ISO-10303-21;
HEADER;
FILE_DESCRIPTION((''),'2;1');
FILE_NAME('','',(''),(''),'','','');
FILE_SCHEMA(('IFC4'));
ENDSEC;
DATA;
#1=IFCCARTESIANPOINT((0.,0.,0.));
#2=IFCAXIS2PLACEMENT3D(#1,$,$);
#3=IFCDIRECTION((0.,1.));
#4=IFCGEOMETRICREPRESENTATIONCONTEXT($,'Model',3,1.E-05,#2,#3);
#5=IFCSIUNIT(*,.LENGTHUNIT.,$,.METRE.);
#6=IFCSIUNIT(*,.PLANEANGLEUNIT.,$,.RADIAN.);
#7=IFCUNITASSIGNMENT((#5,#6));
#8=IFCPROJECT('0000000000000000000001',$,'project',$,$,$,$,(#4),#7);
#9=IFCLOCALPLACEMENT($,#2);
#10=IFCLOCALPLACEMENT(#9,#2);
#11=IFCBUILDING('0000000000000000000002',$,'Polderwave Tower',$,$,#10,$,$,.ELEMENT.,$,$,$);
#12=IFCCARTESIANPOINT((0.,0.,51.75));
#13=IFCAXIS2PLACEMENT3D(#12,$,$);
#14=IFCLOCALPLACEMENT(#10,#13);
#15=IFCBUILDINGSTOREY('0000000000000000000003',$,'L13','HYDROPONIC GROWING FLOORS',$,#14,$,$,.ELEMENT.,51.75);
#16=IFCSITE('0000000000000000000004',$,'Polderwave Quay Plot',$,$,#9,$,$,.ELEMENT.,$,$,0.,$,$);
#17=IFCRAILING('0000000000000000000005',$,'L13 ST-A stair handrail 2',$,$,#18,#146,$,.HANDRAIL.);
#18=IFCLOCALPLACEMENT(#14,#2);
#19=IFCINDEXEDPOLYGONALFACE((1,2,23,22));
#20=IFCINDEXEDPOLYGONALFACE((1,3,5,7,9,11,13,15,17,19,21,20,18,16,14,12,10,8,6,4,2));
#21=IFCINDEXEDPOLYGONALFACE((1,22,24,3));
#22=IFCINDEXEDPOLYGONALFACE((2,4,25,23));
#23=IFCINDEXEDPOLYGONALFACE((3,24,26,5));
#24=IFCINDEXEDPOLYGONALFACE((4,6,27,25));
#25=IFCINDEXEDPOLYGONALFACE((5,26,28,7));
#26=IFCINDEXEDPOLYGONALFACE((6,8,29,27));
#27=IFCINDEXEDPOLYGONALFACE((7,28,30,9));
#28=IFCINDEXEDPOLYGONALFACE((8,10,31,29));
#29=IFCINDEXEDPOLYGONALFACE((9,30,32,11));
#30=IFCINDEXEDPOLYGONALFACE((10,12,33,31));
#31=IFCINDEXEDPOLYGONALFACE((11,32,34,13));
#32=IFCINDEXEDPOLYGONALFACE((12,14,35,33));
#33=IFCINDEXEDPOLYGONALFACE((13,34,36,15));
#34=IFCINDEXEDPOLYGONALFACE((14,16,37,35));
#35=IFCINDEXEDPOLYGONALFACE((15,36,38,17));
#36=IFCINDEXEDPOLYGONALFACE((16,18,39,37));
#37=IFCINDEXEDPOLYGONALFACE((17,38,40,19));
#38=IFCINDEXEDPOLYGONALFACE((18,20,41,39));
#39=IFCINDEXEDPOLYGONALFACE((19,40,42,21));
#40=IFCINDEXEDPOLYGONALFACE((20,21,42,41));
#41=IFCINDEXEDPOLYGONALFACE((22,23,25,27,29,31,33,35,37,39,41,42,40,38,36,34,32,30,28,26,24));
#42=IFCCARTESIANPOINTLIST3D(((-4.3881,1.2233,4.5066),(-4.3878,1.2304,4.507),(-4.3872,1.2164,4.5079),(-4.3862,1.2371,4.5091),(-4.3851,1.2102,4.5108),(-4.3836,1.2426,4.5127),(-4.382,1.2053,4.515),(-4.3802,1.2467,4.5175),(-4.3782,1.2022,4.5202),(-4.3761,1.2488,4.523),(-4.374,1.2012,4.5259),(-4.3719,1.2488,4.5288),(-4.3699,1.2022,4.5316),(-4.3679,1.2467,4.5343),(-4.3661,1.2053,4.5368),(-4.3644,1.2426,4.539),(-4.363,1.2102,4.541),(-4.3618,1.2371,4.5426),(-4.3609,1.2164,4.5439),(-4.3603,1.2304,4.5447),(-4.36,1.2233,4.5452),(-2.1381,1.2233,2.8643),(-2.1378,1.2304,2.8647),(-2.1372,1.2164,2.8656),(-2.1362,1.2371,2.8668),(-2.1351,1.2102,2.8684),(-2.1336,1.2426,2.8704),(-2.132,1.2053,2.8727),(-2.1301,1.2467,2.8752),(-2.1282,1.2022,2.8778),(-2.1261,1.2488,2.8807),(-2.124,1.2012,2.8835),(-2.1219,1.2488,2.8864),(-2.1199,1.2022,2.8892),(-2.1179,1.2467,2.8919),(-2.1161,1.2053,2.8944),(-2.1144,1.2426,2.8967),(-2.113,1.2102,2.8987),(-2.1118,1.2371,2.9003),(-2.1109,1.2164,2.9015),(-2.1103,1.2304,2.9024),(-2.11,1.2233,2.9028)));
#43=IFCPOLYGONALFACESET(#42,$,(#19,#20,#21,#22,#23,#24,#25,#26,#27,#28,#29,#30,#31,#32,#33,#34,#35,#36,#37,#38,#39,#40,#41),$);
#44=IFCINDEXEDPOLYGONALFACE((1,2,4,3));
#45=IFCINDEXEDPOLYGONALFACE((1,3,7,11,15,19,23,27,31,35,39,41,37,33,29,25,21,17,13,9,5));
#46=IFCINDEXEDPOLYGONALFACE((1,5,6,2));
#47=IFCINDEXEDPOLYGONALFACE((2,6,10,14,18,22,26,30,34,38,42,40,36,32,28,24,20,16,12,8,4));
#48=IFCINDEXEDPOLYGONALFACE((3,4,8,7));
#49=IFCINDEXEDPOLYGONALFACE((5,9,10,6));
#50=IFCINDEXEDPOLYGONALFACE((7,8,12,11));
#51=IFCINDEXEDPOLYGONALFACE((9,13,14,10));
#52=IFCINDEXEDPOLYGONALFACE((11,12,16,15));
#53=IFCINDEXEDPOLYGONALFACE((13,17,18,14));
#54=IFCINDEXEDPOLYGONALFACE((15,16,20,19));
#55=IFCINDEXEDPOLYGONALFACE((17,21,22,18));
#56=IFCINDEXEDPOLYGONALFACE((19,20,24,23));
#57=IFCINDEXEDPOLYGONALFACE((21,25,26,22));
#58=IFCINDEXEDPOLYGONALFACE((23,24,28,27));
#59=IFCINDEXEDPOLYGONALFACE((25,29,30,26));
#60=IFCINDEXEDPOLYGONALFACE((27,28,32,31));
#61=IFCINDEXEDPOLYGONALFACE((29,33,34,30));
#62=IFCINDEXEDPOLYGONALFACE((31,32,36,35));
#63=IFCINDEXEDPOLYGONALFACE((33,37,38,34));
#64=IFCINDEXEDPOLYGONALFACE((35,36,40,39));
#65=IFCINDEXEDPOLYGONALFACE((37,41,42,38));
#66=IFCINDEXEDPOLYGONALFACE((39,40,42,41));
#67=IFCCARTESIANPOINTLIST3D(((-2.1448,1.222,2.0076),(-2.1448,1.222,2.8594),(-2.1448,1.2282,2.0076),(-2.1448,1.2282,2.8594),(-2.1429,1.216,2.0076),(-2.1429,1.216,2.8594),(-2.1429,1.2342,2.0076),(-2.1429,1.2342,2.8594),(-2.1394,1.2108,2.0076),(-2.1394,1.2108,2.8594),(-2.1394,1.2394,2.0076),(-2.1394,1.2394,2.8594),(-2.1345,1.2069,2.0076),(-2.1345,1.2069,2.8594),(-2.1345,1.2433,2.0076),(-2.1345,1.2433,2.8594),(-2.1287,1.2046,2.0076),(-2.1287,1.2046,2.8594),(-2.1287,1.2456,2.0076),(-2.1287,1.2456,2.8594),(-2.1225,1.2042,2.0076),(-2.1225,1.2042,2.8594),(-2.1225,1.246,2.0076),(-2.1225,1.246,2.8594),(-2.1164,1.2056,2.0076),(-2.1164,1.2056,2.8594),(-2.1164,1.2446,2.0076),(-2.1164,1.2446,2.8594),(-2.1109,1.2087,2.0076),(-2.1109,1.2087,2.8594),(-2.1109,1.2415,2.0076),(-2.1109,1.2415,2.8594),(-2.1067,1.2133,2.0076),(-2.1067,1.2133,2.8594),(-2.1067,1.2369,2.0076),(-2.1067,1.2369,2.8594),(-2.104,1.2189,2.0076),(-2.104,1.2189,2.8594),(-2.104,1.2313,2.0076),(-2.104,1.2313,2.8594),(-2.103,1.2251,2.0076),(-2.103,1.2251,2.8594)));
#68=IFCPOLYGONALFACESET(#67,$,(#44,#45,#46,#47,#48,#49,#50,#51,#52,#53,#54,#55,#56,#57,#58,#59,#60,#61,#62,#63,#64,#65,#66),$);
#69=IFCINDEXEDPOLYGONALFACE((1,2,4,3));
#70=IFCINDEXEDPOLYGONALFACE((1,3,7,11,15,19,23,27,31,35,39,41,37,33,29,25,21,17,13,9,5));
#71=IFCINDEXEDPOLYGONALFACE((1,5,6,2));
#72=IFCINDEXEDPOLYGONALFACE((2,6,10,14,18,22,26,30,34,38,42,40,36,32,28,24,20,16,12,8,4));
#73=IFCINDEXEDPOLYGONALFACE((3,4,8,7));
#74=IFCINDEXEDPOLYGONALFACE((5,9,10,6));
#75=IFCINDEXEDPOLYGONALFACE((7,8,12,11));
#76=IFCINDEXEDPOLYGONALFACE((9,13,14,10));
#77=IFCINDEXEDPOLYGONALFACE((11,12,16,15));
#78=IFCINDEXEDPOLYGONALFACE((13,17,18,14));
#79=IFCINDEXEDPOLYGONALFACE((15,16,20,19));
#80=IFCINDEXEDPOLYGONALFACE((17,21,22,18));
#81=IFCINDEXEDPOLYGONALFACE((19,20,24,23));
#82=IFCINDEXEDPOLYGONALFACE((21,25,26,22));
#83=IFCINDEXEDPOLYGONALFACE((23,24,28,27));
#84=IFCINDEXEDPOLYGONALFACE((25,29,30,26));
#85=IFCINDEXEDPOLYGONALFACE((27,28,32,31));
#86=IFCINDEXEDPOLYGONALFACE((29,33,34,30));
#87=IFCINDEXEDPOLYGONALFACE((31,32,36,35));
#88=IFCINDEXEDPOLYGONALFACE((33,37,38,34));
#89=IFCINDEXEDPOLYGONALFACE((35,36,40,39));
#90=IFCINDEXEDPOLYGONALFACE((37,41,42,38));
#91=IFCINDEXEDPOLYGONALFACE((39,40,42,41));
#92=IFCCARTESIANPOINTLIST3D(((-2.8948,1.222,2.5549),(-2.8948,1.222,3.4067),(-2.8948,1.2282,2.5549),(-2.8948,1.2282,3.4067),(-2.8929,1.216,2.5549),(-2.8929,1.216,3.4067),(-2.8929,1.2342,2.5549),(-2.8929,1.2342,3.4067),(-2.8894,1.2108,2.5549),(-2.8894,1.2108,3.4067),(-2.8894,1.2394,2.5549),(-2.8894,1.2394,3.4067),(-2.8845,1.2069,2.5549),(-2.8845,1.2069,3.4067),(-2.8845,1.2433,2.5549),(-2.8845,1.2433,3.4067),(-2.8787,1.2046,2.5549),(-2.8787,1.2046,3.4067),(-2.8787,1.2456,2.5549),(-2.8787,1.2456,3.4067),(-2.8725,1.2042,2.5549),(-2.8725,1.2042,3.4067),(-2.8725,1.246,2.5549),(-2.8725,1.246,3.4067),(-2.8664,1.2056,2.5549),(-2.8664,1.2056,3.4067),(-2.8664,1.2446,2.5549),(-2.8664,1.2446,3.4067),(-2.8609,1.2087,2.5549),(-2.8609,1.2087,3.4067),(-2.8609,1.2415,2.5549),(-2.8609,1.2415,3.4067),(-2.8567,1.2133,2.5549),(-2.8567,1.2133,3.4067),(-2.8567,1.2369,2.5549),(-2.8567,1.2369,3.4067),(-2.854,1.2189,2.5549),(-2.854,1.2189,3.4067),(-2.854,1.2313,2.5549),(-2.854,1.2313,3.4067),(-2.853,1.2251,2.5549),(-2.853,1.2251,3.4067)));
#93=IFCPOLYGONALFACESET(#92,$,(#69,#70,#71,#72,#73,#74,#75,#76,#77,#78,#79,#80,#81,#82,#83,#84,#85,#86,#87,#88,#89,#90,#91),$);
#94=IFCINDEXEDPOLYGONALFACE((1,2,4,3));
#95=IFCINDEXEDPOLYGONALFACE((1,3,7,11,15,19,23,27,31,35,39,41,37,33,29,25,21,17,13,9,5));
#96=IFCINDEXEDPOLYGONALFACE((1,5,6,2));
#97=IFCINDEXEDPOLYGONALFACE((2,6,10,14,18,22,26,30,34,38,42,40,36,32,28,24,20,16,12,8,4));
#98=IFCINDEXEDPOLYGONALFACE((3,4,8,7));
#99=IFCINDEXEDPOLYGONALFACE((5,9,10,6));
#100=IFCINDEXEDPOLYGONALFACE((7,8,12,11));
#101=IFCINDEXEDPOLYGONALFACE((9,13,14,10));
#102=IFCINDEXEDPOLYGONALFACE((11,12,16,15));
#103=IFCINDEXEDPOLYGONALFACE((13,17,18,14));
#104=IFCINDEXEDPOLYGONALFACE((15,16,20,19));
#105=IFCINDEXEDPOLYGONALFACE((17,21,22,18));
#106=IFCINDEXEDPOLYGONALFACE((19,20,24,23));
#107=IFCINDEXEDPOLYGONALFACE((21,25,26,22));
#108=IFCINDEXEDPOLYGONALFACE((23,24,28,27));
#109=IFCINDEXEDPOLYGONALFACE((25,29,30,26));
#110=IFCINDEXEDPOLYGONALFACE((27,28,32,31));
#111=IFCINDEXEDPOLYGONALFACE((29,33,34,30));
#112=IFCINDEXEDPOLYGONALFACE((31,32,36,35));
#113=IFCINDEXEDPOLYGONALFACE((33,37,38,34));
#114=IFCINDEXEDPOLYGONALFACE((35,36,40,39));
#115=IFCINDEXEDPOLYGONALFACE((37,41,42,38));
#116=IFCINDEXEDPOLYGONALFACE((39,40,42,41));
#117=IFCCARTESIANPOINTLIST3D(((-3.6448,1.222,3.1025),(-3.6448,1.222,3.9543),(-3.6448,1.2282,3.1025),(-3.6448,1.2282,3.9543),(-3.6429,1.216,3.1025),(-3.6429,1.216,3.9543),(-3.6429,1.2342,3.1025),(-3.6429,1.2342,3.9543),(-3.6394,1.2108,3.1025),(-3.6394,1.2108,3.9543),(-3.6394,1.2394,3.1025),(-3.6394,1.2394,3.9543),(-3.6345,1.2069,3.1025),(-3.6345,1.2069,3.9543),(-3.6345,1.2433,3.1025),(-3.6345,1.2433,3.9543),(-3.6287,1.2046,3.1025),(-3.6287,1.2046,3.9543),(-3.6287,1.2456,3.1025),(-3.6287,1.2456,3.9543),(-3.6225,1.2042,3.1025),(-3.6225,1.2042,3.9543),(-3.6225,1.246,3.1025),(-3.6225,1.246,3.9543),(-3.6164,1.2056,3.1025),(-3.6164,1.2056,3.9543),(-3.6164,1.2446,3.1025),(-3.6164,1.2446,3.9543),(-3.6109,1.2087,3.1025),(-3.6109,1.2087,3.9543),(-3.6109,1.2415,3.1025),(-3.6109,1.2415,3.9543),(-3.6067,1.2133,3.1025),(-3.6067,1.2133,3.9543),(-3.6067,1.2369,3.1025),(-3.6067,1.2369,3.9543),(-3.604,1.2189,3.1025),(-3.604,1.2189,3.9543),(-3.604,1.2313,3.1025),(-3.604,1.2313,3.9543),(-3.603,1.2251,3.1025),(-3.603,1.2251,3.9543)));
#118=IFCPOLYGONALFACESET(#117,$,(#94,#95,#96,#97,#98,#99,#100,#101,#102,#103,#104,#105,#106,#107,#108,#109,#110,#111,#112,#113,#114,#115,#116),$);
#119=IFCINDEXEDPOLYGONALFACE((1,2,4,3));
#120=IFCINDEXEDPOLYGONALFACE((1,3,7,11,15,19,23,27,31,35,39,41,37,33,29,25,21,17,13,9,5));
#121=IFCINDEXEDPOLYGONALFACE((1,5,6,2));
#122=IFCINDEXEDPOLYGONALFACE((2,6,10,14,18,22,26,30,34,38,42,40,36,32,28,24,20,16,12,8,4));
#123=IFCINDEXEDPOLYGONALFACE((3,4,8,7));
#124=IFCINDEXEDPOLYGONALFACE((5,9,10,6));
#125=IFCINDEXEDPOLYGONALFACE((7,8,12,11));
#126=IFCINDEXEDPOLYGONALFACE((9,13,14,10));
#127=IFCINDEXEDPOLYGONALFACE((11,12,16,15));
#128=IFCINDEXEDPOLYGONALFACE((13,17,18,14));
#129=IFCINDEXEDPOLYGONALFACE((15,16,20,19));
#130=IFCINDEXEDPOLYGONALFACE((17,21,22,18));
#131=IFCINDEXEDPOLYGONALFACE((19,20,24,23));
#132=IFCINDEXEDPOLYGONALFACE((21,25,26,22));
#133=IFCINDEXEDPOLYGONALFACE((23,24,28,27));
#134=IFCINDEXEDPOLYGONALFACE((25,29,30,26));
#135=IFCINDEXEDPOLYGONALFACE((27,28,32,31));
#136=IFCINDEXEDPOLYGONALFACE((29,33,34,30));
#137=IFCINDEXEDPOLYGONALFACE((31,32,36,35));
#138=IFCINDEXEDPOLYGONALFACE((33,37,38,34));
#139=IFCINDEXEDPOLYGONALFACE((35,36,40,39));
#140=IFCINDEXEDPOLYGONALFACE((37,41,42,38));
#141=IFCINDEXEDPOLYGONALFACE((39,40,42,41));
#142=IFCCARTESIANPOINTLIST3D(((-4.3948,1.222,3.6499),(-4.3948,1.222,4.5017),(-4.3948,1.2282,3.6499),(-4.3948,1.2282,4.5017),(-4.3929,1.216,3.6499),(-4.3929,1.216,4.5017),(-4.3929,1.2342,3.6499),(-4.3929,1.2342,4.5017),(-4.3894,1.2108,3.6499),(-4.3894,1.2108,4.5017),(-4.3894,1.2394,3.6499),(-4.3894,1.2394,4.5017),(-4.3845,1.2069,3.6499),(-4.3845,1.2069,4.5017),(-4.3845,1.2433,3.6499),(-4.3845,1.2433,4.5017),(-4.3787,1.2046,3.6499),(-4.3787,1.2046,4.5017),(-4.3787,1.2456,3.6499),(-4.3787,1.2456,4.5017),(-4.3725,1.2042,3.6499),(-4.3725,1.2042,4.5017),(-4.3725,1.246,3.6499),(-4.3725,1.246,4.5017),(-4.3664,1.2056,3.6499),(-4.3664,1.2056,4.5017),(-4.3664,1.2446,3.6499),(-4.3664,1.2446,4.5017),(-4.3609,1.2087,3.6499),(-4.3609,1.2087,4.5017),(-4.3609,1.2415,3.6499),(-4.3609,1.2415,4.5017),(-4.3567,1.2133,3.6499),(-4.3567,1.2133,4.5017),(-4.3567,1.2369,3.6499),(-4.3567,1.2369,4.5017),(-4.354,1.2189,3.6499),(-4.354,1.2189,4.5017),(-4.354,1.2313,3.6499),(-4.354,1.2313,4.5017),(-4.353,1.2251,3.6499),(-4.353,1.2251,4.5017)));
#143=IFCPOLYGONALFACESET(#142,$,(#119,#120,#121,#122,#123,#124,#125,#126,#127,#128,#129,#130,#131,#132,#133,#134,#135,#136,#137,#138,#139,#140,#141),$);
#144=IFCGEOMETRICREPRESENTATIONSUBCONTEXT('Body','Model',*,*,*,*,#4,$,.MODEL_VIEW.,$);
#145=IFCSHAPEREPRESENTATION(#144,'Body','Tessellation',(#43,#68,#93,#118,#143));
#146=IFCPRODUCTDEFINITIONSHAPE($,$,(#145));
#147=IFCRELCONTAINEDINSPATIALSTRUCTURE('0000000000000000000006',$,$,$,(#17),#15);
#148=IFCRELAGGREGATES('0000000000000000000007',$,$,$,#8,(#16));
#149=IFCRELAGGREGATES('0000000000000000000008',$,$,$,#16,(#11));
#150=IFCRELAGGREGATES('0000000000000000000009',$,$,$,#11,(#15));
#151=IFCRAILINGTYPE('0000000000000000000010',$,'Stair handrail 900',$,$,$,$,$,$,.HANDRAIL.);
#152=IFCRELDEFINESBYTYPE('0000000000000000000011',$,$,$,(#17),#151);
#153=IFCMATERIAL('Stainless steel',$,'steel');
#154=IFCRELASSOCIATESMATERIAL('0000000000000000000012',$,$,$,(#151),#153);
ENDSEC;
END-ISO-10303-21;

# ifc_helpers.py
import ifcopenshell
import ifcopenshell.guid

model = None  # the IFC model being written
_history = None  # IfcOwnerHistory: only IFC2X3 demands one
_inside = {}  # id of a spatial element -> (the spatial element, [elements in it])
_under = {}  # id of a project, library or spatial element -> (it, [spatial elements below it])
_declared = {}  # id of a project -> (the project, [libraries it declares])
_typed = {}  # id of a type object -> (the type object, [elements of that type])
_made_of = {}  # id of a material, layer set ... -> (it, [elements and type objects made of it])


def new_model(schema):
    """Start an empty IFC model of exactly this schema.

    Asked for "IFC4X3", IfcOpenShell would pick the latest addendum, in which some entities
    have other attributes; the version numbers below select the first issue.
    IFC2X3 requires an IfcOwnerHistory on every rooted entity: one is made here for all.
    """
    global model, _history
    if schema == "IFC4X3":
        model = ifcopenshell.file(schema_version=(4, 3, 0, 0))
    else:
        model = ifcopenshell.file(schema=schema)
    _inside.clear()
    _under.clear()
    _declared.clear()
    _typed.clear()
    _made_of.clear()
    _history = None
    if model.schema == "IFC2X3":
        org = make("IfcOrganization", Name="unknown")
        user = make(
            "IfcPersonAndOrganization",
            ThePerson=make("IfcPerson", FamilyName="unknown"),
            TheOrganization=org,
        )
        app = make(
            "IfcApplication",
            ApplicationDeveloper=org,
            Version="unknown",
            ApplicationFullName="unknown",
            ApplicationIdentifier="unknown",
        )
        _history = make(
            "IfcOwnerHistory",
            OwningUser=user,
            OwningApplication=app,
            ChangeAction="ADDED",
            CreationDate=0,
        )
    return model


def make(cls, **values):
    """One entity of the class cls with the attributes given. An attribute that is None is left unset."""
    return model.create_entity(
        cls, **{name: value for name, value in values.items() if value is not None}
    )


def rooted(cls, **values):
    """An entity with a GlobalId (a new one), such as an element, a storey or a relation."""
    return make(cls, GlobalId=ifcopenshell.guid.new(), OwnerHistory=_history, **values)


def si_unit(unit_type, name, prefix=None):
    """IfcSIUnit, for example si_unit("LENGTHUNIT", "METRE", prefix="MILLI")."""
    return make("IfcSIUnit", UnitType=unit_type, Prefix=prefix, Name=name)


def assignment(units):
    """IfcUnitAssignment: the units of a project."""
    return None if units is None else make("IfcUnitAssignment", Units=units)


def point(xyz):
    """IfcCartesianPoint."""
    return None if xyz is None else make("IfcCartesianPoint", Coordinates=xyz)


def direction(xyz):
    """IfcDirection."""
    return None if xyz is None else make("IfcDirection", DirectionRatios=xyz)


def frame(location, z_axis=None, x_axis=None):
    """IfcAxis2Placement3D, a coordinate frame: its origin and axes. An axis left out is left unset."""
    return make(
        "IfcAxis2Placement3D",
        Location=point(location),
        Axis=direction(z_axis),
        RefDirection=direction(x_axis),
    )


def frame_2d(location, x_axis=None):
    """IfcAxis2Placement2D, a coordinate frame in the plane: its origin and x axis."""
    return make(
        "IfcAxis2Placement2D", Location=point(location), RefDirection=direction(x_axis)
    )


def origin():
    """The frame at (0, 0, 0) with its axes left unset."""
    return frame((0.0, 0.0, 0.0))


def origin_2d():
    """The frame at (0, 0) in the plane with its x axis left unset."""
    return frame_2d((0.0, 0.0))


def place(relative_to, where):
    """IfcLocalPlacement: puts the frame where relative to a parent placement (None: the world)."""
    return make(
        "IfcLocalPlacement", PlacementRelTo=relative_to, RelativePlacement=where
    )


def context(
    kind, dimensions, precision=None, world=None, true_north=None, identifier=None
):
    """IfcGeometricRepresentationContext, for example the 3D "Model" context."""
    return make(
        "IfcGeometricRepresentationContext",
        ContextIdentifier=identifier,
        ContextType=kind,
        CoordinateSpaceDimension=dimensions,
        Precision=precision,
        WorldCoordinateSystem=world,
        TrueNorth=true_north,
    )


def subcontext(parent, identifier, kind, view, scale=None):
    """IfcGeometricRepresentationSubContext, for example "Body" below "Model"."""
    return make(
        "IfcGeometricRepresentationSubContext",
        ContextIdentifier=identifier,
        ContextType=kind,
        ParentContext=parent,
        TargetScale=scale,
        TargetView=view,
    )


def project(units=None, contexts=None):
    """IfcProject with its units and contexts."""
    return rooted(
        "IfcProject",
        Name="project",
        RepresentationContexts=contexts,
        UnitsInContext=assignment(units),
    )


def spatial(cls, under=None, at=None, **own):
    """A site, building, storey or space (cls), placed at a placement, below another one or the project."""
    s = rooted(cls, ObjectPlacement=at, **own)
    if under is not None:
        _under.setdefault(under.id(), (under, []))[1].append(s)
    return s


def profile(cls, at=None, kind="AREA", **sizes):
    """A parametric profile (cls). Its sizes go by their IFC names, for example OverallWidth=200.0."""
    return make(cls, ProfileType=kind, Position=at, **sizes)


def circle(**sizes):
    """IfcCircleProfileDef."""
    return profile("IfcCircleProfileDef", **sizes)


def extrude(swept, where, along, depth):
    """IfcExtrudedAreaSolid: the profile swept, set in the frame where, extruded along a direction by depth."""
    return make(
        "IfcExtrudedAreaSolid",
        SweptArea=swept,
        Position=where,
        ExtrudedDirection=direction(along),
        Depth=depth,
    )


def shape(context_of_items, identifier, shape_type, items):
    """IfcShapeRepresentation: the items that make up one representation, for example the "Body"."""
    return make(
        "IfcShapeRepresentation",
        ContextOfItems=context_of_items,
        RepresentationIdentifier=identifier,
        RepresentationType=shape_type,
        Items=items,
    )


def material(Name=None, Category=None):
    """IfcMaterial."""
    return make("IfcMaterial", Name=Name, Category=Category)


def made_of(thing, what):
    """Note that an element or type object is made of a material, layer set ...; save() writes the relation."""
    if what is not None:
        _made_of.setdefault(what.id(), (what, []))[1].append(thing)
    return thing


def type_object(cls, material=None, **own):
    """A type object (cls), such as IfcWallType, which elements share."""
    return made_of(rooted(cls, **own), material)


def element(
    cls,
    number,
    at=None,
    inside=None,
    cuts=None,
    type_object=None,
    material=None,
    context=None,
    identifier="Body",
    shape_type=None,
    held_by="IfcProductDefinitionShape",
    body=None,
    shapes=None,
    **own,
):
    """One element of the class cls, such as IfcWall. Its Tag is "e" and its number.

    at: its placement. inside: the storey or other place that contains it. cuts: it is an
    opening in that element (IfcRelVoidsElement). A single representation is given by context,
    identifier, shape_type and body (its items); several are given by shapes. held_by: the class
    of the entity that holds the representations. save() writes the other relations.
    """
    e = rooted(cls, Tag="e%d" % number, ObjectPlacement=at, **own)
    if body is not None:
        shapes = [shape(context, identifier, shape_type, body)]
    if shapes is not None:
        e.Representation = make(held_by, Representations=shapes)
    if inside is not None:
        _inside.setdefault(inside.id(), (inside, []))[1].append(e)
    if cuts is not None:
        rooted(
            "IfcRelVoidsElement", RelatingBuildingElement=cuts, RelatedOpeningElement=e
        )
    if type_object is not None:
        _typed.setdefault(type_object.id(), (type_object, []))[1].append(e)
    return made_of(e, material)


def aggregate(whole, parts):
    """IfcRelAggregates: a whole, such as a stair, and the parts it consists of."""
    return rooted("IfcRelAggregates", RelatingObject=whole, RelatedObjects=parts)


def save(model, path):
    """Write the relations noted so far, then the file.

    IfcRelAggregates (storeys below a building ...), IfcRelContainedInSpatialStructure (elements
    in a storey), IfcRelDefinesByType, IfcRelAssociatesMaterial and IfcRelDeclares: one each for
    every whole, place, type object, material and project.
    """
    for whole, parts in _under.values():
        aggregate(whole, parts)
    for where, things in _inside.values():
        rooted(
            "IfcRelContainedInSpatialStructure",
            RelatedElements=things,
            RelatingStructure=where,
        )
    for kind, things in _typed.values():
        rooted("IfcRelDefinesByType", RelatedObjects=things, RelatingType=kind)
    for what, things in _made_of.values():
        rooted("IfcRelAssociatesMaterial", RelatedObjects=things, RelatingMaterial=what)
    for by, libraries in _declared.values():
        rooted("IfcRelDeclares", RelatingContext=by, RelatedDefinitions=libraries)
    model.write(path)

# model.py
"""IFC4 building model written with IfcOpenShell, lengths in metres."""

from ifc_helpers import new_model, si_unit, direction, frame, origin, origin_2d, place, context, subcontext, project, spatial, circle, extrude, material, type_object, element, save


model = new_model("IFC4")

# Units and contexts
model_context = context("Model", 3, precision=1e-05, world=origin(), true_north=direction((0.0, 1.0)))
body_context = subcontext(model_context, "Body", "Model", "MODEL_VIEW")
ifc_project = project(units=[si_unit("LENGTHUNIT", "METRE"), si_unit("PLANEANGLEUNIT", "RADIAN")], contexts=[model_context])

# Site, building, storey
site_placement = place(None, origin())
site = spatial("IfcSite", under=ifc_project, at=site_placement, Name="Polderwave Quay Plot", CompositionType="ELEMENT", RefElevation=0.0)
building_placement = place(site_placement, origin())
building = spatial("IfcBuilding", under=site, at=building_placement, Name="Polderwave Tower", CompositionType="ELEMENT")
storey_placement = place(building_placement, frame((0.0, 0.0, 51.75)))
storey = spatial("IfcBuildingStorey", under=building, at=storey_placement, Name="L13", Description="HYDROPONIC GROWING FLOORS", CompositionType="ELEMENT", Elevation=51.75)

# Railing
ifc_material_1 = material(Name="Stainless steel", Category="steel")
railing_type_1 = type_object("IfcRailingType", Name="Stair handrail 900", PredefinedType="HANDRAIL", material=ifc_material_1)
railing_1_placement = place(storey_placement, frame((-2.124, 1.2251, 2.0076)))
element("IfcRailing", 1, at=railing_1_placement, inside=storey, type_object=railing_type_1, Name="L13 ST-A stair handrail 2", PredefinedType="HANDRAIL", context=body_context, shape_type="SweptSolid", body=[
    extrude(circle(Radius=0.0239, at=origin_2d()), frame((0.0, 0.0, 0.876), z_axis=(-0.807715, 0.0, 0.589573), x_axis=(0.0, -1.0, 0.0)), (0.0, 0.0, 1.0), 2.7856),
    extrude(circle(Radius=0.021, at=origin_2d()), origin(), (0.0, 0.0, 1.0), 0.8518),
    extrude(circle(Radius=0.021, at=origin_2d()), frame((-0.75, 0.0, 0.5474)), (0.0, 0.0, 1.0), 0.8518),
    extrude(circle(Radius=0.021, at=origin_2d()), frame((-1.5, 0.0, 1.095)), (0.0, 0.0, 1.0), 0.8518),
    extrude(circle(Radius=0.021, at=origin_2d()), frame((-2.25, 0.0, 1.6423)), (0.0, 0.0, 1.0), 0.8518),
])

save(model, "model.ifc")
